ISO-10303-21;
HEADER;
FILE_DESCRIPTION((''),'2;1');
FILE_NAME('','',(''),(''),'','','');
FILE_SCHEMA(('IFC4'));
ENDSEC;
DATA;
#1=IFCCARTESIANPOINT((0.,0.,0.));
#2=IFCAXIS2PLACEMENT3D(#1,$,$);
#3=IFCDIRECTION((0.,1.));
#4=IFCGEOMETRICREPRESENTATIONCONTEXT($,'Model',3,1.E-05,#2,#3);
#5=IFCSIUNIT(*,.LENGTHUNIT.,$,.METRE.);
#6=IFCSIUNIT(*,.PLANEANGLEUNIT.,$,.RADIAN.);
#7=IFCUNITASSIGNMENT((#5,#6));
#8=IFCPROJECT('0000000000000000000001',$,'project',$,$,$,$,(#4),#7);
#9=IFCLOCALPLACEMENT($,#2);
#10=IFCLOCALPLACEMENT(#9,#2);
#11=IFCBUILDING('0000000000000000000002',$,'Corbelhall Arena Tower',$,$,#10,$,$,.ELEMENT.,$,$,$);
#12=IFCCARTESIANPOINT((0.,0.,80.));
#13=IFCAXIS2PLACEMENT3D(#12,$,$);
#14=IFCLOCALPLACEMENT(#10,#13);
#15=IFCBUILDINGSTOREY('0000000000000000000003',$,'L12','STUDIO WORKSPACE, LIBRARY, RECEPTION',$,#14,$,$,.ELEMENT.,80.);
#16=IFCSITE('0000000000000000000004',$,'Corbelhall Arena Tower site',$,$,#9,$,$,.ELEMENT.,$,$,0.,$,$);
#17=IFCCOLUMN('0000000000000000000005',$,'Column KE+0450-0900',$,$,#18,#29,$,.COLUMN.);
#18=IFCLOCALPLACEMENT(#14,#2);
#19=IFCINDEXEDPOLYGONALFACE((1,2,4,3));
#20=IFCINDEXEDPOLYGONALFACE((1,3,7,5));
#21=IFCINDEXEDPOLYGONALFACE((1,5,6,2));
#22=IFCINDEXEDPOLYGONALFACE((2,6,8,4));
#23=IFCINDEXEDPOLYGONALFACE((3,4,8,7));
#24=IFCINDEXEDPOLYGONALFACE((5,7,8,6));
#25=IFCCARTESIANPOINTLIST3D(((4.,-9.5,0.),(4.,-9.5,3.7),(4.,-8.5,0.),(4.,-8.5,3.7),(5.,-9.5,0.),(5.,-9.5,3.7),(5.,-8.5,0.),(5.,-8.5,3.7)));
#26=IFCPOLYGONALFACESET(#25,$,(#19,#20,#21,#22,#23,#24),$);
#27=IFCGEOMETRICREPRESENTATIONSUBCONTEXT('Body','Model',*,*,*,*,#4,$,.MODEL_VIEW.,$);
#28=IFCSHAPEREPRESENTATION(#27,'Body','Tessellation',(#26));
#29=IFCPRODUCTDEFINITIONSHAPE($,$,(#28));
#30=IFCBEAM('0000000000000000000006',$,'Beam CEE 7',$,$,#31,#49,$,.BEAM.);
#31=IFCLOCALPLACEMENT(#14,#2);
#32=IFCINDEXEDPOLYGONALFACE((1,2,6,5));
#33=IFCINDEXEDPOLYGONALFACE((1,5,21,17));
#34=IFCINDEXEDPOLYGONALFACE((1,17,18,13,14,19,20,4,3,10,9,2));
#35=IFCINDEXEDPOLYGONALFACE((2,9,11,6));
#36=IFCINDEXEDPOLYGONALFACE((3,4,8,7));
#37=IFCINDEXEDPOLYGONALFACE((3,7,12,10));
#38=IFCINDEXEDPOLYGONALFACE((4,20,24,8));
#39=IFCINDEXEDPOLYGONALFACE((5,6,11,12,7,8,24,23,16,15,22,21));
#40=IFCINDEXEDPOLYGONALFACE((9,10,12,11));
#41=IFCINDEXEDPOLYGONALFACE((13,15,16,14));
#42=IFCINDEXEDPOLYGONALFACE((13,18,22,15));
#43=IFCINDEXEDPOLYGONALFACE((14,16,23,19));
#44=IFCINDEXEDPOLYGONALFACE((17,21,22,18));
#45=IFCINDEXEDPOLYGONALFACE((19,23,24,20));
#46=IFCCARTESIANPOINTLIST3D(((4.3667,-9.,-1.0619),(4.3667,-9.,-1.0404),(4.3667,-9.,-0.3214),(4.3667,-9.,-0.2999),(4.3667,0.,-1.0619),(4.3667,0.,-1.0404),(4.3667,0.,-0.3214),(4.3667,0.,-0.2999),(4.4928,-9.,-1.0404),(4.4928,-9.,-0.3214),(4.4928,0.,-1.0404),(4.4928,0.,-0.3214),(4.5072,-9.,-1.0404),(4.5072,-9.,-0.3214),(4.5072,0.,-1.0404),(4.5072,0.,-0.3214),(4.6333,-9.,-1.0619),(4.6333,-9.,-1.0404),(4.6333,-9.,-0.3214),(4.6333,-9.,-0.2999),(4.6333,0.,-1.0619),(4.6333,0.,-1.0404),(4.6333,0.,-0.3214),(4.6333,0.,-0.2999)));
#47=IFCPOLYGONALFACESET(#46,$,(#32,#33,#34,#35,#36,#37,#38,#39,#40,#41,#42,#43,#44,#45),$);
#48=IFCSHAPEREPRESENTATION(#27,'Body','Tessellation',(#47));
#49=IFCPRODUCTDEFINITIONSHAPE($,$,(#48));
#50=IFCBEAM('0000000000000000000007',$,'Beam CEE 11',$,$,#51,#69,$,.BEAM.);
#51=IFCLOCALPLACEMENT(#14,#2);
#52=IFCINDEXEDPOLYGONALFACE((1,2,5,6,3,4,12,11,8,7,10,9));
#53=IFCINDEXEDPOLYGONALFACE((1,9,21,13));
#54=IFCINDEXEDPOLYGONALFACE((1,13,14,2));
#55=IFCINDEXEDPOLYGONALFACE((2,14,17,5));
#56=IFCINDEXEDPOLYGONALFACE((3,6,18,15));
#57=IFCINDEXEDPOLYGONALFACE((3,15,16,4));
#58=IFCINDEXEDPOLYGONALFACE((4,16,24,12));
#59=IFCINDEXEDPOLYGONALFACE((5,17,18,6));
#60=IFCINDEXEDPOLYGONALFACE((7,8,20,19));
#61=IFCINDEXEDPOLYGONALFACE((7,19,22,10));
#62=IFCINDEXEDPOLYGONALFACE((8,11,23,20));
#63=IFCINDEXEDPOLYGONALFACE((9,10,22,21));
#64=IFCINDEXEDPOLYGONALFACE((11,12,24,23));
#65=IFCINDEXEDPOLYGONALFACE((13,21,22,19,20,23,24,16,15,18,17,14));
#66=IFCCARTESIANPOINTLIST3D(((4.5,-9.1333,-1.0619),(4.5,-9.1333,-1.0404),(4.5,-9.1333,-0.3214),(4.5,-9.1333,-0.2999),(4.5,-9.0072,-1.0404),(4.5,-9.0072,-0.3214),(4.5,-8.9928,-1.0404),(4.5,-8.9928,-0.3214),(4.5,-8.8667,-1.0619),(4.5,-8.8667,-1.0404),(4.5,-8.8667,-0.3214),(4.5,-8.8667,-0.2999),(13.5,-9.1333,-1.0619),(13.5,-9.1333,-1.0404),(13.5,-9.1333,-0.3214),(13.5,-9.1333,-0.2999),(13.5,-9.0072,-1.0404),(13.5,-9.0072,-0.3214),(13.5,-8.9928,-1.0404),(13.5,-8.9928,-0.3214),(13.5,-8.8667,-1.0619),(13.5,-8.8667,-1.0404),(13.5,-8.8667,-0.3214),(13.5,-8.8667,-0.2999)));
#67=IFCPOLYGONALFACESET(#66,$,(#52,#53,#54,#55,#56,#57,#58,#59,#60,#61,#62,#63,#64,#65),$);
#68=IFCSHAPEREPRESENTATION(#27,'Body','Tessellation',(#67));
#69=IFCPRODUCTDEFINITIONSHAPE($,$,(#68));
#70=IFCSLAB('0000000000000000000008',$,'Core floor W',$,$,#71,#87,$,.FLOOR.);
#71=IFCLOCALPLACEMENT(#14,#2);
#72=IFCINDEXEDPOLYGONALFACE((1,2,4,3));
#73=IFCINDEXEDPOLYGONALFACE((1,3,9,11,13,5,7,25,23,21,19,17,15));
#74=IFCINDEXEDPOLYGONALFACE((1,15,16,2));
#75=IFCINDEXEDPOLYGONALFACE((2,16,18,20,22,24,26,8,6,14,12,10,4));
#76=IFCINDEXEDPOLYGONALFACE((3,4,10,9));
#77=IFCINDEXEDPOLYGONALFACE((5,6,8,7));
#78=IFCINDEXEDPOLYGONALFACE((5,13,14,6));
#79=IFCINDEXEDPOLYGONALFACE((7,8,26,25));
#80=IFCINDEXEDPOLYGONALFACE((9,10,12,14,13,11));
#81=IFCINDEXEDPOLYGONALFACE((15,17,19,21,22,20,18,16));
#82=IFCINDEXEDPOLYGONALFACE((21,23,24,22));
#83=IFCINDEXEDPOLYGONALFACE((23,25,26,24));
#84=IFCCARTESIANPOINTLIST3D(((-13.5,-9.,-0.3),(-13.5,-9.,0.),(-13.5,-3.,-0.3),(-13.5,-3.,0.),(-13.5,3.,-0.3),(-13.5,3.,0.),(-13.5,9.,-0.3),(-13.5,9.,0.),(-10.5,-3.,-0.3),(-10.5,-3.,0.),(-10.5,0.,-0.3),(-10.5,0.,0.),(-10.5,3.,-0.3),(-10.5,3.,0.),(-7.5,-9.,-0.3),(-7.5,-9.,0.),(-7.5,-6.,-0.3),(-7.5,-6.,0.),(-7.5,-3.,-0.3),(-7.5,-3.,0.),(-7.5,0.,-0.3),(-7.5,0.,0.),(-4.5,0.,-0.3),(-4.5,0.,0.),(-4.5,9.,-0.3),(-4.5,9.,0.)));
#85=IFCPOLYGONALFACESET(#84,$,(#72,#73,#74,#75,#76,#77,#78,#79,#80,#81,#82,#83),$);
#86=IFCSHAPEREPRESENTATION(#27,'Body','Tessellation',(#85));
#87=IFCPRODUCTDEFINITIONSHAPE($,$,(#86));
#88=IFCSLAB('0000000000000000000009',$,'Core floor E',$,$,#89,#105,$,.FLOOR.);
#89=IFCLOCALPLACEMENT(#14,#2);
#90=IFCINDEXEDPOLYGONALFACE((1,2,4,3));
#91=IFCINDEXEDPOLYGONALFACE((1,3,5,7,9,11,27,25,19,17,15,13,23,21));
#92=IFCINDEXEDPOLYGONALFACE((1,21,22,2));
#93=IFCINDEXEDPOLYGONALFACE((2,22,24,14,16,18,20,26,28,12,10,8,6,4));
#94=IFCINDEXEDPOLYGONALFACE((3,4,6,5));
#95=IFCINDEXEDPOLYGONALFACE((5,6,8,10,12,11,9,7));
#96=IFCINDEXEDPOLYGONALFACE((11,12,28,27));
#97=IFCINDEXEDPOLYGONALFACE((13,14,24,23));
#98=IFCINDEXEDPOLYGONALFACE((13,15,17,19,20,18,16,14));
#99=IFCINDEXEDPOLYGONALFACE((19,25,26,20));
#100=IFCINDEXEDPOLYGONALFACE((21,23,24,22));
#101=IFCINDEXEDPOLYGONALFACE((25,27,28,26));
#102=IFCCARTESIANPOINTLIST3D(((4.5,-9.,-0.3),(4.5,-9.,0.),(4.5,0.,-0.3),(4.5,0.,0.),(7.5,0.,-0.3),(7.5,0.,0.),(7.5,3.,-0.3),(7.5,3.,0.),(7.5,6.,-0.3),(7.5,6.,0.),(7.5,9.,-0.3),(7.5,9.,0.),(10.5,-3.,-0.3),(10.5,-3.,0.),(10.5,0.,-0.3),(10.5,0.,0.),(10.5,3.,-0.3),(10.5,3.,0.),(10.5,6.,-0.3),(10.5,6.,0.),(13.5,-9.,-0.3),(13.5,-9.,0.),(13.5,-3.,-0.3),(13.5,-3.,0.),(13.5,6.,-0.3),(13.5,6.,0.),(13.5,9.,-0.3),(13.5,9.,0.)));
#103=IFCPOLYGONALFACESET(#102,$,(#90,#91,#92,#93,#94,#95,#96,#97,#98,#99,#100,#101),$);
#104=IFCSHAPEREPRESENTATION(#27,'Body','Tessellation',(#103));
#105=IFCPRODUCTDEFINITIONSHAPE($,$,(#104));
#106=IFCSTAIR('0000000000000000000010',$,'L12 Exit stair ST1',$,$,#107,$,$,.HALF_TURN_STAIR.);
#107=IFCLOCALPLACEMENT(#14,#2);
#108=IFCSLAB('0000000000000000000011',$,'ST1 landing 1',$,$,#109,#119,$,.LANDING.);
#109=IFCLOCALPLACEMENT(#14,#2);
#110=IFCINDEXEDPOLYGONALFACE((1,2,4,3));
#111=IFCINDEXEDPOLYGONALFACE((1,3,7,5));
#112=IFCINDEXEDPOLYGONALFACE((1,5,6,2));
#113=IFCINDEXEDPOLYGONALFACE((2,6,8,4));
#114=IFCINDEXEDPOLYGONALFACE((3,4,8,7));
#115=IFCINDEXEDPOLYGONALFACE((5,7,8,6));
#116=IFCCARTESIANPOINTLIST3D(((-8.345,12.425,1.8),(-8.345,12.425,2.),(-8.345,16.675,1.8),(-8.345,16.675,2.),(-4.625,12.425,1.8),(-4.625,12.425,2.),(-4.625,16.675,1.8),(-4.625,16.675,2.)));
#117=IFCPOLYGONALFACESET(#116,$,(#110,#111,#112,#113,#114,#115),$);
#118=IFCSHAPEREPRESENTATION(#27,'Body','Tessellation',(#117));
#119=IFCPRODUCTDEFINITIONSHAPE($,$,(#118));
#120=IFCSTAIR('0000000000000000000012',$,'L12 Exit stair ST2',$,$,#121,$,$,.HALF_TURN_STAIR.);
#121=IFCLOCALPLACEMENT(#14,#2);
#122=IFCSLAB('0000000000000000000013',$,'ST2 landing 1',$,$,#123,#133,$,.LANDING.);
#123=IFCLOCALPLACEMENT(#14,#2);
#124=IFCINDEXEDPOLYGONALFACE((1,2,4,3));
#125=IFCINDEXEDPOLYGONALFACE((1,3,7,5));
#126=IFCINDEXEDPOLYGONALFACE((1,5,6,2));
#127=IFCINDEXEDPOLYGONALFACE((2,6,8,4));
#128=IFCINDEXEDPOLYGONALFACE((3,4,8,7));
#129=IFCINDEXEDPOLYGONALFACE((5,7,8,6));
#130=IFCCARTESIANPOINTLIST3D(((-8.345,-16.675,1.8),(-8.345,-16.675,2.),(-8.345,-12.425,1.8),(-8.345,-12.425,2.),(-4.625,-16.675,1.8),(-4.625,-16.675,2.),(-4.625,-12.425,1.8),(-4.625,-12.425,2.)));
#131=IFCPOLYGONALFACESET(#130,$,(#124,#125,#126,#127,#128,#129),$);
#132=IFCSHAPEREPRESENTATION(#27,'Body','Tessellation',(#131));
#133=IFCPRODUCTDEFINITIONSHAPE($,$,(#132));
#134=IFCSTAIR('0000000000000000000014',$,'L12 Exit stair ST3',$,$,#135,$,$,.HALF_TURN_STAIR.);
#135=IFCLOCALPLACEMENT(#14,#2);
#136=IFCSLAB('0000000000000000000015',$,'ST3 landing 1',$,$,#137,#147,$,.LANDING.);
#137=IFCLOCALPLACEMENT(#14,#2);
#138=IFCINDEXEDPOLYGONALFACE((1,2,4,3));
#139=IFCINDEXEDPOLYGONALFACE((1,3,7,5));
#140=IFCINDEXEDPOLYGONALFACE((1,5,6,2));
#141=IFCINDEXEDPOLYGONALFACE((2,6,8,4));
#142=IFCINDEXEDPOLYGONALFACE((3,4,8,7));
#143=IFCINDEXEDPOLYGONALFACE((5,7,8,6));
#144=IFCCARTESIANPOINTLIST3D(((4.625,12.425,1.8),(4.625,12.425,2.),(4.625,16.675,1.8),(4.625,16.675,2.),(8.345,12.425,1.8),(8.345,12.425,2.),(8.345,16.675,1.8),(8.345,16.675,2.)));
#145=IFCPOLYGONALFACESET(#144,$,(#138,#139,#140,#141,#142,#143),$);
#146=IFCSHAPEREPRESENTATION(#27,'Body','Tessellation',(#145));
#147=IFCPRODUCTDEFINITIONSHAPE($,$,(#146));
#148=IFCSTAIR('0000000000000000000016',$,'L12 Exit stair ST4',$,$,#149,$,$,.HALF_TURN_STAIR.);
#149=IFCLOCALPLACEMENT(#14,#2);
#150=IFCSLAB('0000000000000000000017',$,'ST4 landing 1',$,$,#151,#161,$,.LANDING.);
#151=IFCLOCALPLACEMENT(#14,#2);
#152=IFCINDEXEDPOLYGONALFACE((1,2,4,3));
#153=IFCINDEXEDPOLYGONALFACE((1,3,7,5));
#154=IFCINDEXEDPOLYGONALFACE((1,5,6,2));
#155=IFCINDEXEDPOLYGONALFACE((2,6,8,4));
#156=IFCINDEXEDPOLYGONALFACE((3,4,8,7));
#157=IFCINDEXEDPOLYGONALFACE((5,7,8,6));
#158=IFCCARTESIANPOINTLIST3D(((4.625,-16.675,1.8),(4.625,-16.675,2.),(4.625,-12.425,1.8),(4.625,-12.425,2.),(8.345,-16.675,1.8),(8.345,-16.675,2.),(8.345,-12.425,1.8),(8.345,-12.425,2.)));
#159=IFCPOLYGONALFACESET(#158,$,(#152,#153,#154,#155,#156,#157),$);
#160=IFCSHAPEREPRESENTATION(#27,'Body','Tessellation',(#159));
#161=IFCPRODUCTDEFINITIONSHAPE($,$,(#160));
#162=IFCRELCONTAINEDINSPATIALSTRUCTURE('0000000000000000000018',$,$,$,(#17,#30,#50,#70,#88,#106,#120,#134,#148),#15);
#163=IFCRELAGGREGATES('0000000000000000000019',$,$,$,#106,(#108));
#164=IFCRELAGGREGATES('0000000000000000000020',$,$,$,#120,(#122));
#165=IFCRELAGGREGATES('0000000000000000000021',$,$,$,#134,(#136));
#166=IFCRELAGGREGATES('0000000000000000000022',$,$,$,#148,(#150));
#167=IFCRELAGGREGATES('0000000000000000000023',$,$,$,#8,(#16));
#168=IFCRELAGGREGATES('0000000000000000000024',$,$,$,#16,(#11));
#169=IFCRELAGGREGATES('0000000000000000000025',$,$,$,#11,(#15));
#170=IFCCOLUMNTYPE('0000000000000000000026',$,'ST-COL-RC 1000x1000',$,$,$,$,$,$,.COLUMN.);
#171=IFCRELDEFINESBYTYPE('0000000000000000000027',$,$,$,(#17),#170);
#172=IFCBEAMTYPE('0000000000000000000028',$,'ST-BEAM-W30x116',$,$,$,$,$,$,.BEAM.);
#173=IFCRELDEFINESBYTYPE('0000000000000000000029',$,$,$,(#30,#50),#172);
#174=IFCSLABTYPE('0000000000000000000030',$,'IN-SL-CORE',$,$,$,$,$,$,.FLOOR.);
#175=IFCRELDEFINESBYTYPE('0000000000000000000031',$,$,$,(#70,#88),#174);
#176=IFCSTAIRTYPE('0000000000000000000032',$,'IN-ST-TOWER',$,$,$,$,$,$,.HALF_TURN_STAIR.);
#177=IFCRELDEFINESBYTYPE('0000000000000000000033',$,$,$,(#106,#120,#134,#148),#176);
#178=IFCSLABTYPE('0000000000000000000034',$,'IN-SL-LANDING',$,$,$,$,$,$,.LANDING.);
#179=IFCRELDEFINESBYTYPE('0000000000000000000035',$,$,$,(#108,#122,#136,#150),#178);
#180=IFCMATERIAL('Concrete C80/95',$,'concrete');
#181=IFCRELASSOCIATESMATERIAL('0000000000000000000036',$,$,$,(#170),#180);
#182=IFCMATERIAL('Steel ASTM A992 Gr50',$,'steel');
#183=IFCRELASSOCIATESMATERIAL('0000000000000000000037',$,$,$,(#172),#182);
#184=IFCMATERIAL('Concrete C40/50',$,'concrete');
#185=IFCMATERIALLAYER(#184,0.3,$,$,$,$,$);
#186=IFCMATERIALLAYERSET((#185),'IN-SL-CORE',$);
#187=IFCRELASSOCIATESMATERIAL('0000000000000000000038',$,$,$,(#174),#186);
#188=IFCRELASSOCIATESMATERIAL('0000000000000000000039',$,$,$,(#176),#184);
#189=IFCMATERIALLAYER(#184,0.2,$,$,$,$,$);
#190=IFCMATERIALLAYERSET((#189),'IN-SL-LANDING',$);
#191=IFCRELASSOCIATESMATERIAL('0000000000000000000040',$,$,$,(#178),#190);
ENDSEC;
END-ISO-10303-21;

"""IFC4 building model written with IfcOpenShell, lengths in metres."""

from ifc_helpers import new_model, si_unit, direction, frame, origin, origin_2d, place, context, subcontext, project, spatial, polyline, rectangle, i_section, outline, extrude, material, layer, layer_set, material_profile, profile_set, type_object, element, aggregate, save


model = new_model("IFC4")

# Units and contexts
model_context = context("Model", 3, precision=1e-05, world=origin(), true_north=direction((0.0, 1.0)))
body_context = subcontext(model_context, "Body", "Model", "MODEL_VIEW")
ifc_project = project(units=[si_unit("LENGTHUNIT", "METRE"), si_unit("PLANEANGLEUNIT", "RADIAN")], contexts=[model_context])

# Site, building, storey
site_placement = place(None, origin())
site = spatial("IfcSite", under=ifc_project, at=site_placement, Name="Corbelhall Arena Tower site", CompositionType="ELEMENT", RefElevation=0.0)
building_placement = place(site_placement, origin())
building = spatial("IfcBuilding", under=site, at=building_placement, Name="Corbelhall Arena Tower", CompositionType="ELEMENT")
storey_placement = place(building_placement, frame((0.0, 0.0, 80.0)))
storey = spatial("IfcBuildingStorey", under=building, at=storey_placement, Name="L12", Description="STUDIO WORKSPACE, LIBRARY, RECEPTION", CompositionType="ELEMENT", Elevation=80.0)

# Column
ifc_material_1 = material(Name="Concrete C80/95", Category="concrete")
ifc_material_profile_1 = material_profile(ifc_material_1, rectangle(XDim=1.0, YDim=1.0, at=origin_2d()))
ifc_profile_set_1 = profile_set([ifc_material_profile_1], Name="Concrete C80/95")
column_type = type_object("IfcColumnType", Name="ST-COL-RC 1000x1000", PredefinedType="COLUMN", material=ifc_profile_set_1)
column_placement = place(storey_placement, frame((4.5, -9.0, 0.0), z_axis=(0.0, 0.0, 1.0), x_axis=(1.0, 0.0, 0.0)))
element("IfcColumn", 1, at=column_placement, inside=storey, type_object=column_type, Name="Column KE+0450-0900", PredefinedType="COLUMN", context=body_context, shape_type="SweptSolid", body=[
    extrude(rectangle(XDim=1.0, YDim=1.0, at=origin_2d()), origin(), (0.0, 0.0, 1.0), 3.7),
])

# Beams
ifc_material_2 = material(Name="Steel ASTM A992 Gr50", Category="steel")
ifc_material_profile_2 = material_profile(ifc_material_2, i_section(OverallWidth=0.2666, OverallDepth=0.762, WebThickness=0.0144, FlangeThickness=0.0215, at=origin_2d()))
ifc_profile_set_2 = profile_set([ifc_material_profile_2], Name="Steel ASTM A992 Gr50")
beam_type = type_object("IfcBeamType", Name="ST-BEAM-W30x116", PredefinedType="BEAM", material=ifc_profile_set_2)
for number, where, z_axis, x_axis, name in (
    (2, (4.5, -9.0, -0.6809), (0.0, 1.0, 0.0), (-1.0, 0.0, 0.0), "Beam CEE 7"),
    (3, (4.5, -9.0, -0.6809), (1.0, 0.0, 0.0), (0.0, 1.0, 0.0), "Beam CEE 11"),
):
    element("IfcBeam", number, at=place(storey_placement, frame(where, z_axis=z_axis, x_axis=x_axis)), inside=storey, type_object=beam_type, Name=name, PredefinedType="BEAM", context=body_context, shape_type="SweptSolid", body=[
        extrude(i_section(OverallWidth=0.2666, OverallDepth=0.762, WebThickness=0.0144, FlangeThickness=0.0215, at=origin_2d()), origin(), (0.0, 0.0, 1.0), 9.0),
    ])

# Slabs
ifc_material_3 = material(Name="Concrete C40/50", Category="concrete")
ifc_layer_1 = layer(ifc_material_3, 0.3)
ifc_layer_set_1 = layer_set([ifc_layer_1], Name="IN-SL-CORE")
slab_type_1 = type_object("IfcSlabType", Name="IN-SL-CORE", PredefinedType="FLOOR", material=ifc_layer_set_1)
slab_1_placement = place(storey_placement, frame((0.0, 0.0, -0.3)))
element("IfcSlab", 4, at=slab_1_placement, inside=storey, type_object=slab_type_1, Name="Core floor W", PredefinedType="FLOOR", context=body_context, shape_type="SweptSolid", body=[
    extrude(outline(polyline([(-7.5, 0.0), (-4.5, 0.0), (-4.5, 9.0), (-13.5, 9.0), (-13.5, 3.0), (-10.5, 3.0), (-10.5, 0.0), (-10.5, -3.0), (-13.5, -3.0), (-13.5, -9.0), (-7.5, -9.0), (-7.5, -6.0), (-7.5, -3.0), (-7.5, 0.0)])), origin(), (0.0, 0.0, 1.0), 0.3),
])
slab_2_placement = place(storey_placement, frame((0.0, 0.0, -0.3)))
element("IfcSlab", 5, at=slab_2_placement, inside=storey, type_object=slab_type_1, Name="Core floor E", PredefinedType="FLOOR", context=body_context, shape_type="SweptSolid", body=[
    extrude(outline(polyline([(7.5, 0.0), (4.5, 0.0), (4.5, -9.0), (13.5, -9.0), (13.5, -3.0), (10.5, -3.0), (10.5, 0.0), (10.5, 3.0), (10.5, 6.0), (13.5, 6.0), (13.5, 9.0), (7.5, 9.0), (7.5, 6.0), (7.5, 3.0), (7.5, 0.0)])), origin(), (0.0, 0.0, 1.0), 0.3),
])

# Stairs, slabs
stair_type = type_object("IfcStairType", Name="IN-ST-TOWER", PredefinedType="HALF_TURN_STAIR", material=ifc_material_3)
stair_1_placement = place(storey_placement, origin())
stair_1 = element("IfcStair", 6, at=stair_1_placement, inside=storey, type_object=stair_type, Name="L12 Exit stair ST1", PredefinedType="HALF_TURN_STAIR")
ifc_layer_2 = layer(ifc_material_3, 0.2)
ifc_layer_set_2 = layer_set([ifc_layer_2], Name="IN-SL-LANDING")
slab_type_2 = type_object("IfcSlabType", Name="IN-SL-LANDING", PredefinedType="LANDING", material=ifc_layer_set_2)
slab_3_placement = place(storey_placement, frame((0.0, 0.0, 1.8)))
slab_3 = element("IfcSlab", 7, at=slab_3_placement, type_object=slab_type_2, Name="ST1 landing 1", PredefinedType="LANDING", context=body_context, shape_type="SweptSolid", body=[
    extrude(outline(polyline([(-8.345, 12.425), (-4.625, 12.425), (-4.625, 16.675), (-8.345, 16.675), (-8.345, 12.425)])), origin(), (0.0, 0.0, 1.0), 0.2),
])
aggregate(stair_1, [slab_3])
stair_2_placement = place(storey_placement, origin())
stair_2 = element("IfcStair", 8, at=stair_2_placement, inside=storey, type_object=stair_type, Name="L12 Exit stair ST2", PredefinedType="HALF_TURN_STAIR")
slab_4_placement = place(storey_placement, frame((0.0, 0.0, 1.8)))
slab_4 = element("IfcSlab", 9, at=slab_4_placement, type_object=slab_type_2, Name="ST2 landing 1", PredefinedType="LANDING", context=body_context, shape_type="SweptSolid", body=[
    extrude(outline(polyline([(-8.345, -16.675), (-4.625, -16.675), (-4.625, -12.425), (-8.345, -12.425), (-8.345, -16.675)])), origin(), (0.0, 0.0, 1.0), 0.2),
])
aggregate(stair_2, [slab_4])
stair_3_placement = place(storey_placement, origin())
stair_3 = element("IfcStair", 10, at=stair_3_placement, inside=storey, type_object=stair_type, Name="L12 Exit stair ST3", PredefinedType="HALF_TURN_STAIR")
slab_5_placement = place(storey_placement, frame((0.0, 0.0, 1.8)))
slab_5 = element("IfcSlab", 11, at=slab_5_placement, type_object=slab_type_2, Name="ST3 landing 1", PredefinedType="LANDING", context=body_context, shape_type="SweptSolid", body=[
    extrude(outline(polyline([(8.345, 16.675), (4.625, 16.675), (4.625, 12.425), (8.345, 12.425), (8.345, 16.675)])), origin(), (0.0, 0.0, 1.0), 0.2),
])
aggregate(stair_3, [slab_5])
stair_4_placement = place(storey_placement, origin())
stair_4 = element("IfcStair", 12, at=stair_4_placement, inside=storey, type_object=stair_type, Name="L12 Exit stair ST4", PredefinedType="HALF_TURN_STAIR")
slab_6_placement = place(storey_placement, frame((0.0, 0.0, 1.8)))
slab_6 = element("IfcSlab", 13, at=slab_6_placement, type_object=slab_type_2, Name="ST4 landing 1", PredefinedType="LANDING", context=body_context, shape_type="SweptSolid", body=[
    extrude(outline(polyline([(8.345, -12.425), (4.625, -12.425), (4.625, -16.675), (8.345, -16.675), (8.345, -12.425)])), origin(), (0.0, 0.0, 1.0), 0.2),
])
aggregate(stair_4, [slab_6])

save(model, "model.ifc")
